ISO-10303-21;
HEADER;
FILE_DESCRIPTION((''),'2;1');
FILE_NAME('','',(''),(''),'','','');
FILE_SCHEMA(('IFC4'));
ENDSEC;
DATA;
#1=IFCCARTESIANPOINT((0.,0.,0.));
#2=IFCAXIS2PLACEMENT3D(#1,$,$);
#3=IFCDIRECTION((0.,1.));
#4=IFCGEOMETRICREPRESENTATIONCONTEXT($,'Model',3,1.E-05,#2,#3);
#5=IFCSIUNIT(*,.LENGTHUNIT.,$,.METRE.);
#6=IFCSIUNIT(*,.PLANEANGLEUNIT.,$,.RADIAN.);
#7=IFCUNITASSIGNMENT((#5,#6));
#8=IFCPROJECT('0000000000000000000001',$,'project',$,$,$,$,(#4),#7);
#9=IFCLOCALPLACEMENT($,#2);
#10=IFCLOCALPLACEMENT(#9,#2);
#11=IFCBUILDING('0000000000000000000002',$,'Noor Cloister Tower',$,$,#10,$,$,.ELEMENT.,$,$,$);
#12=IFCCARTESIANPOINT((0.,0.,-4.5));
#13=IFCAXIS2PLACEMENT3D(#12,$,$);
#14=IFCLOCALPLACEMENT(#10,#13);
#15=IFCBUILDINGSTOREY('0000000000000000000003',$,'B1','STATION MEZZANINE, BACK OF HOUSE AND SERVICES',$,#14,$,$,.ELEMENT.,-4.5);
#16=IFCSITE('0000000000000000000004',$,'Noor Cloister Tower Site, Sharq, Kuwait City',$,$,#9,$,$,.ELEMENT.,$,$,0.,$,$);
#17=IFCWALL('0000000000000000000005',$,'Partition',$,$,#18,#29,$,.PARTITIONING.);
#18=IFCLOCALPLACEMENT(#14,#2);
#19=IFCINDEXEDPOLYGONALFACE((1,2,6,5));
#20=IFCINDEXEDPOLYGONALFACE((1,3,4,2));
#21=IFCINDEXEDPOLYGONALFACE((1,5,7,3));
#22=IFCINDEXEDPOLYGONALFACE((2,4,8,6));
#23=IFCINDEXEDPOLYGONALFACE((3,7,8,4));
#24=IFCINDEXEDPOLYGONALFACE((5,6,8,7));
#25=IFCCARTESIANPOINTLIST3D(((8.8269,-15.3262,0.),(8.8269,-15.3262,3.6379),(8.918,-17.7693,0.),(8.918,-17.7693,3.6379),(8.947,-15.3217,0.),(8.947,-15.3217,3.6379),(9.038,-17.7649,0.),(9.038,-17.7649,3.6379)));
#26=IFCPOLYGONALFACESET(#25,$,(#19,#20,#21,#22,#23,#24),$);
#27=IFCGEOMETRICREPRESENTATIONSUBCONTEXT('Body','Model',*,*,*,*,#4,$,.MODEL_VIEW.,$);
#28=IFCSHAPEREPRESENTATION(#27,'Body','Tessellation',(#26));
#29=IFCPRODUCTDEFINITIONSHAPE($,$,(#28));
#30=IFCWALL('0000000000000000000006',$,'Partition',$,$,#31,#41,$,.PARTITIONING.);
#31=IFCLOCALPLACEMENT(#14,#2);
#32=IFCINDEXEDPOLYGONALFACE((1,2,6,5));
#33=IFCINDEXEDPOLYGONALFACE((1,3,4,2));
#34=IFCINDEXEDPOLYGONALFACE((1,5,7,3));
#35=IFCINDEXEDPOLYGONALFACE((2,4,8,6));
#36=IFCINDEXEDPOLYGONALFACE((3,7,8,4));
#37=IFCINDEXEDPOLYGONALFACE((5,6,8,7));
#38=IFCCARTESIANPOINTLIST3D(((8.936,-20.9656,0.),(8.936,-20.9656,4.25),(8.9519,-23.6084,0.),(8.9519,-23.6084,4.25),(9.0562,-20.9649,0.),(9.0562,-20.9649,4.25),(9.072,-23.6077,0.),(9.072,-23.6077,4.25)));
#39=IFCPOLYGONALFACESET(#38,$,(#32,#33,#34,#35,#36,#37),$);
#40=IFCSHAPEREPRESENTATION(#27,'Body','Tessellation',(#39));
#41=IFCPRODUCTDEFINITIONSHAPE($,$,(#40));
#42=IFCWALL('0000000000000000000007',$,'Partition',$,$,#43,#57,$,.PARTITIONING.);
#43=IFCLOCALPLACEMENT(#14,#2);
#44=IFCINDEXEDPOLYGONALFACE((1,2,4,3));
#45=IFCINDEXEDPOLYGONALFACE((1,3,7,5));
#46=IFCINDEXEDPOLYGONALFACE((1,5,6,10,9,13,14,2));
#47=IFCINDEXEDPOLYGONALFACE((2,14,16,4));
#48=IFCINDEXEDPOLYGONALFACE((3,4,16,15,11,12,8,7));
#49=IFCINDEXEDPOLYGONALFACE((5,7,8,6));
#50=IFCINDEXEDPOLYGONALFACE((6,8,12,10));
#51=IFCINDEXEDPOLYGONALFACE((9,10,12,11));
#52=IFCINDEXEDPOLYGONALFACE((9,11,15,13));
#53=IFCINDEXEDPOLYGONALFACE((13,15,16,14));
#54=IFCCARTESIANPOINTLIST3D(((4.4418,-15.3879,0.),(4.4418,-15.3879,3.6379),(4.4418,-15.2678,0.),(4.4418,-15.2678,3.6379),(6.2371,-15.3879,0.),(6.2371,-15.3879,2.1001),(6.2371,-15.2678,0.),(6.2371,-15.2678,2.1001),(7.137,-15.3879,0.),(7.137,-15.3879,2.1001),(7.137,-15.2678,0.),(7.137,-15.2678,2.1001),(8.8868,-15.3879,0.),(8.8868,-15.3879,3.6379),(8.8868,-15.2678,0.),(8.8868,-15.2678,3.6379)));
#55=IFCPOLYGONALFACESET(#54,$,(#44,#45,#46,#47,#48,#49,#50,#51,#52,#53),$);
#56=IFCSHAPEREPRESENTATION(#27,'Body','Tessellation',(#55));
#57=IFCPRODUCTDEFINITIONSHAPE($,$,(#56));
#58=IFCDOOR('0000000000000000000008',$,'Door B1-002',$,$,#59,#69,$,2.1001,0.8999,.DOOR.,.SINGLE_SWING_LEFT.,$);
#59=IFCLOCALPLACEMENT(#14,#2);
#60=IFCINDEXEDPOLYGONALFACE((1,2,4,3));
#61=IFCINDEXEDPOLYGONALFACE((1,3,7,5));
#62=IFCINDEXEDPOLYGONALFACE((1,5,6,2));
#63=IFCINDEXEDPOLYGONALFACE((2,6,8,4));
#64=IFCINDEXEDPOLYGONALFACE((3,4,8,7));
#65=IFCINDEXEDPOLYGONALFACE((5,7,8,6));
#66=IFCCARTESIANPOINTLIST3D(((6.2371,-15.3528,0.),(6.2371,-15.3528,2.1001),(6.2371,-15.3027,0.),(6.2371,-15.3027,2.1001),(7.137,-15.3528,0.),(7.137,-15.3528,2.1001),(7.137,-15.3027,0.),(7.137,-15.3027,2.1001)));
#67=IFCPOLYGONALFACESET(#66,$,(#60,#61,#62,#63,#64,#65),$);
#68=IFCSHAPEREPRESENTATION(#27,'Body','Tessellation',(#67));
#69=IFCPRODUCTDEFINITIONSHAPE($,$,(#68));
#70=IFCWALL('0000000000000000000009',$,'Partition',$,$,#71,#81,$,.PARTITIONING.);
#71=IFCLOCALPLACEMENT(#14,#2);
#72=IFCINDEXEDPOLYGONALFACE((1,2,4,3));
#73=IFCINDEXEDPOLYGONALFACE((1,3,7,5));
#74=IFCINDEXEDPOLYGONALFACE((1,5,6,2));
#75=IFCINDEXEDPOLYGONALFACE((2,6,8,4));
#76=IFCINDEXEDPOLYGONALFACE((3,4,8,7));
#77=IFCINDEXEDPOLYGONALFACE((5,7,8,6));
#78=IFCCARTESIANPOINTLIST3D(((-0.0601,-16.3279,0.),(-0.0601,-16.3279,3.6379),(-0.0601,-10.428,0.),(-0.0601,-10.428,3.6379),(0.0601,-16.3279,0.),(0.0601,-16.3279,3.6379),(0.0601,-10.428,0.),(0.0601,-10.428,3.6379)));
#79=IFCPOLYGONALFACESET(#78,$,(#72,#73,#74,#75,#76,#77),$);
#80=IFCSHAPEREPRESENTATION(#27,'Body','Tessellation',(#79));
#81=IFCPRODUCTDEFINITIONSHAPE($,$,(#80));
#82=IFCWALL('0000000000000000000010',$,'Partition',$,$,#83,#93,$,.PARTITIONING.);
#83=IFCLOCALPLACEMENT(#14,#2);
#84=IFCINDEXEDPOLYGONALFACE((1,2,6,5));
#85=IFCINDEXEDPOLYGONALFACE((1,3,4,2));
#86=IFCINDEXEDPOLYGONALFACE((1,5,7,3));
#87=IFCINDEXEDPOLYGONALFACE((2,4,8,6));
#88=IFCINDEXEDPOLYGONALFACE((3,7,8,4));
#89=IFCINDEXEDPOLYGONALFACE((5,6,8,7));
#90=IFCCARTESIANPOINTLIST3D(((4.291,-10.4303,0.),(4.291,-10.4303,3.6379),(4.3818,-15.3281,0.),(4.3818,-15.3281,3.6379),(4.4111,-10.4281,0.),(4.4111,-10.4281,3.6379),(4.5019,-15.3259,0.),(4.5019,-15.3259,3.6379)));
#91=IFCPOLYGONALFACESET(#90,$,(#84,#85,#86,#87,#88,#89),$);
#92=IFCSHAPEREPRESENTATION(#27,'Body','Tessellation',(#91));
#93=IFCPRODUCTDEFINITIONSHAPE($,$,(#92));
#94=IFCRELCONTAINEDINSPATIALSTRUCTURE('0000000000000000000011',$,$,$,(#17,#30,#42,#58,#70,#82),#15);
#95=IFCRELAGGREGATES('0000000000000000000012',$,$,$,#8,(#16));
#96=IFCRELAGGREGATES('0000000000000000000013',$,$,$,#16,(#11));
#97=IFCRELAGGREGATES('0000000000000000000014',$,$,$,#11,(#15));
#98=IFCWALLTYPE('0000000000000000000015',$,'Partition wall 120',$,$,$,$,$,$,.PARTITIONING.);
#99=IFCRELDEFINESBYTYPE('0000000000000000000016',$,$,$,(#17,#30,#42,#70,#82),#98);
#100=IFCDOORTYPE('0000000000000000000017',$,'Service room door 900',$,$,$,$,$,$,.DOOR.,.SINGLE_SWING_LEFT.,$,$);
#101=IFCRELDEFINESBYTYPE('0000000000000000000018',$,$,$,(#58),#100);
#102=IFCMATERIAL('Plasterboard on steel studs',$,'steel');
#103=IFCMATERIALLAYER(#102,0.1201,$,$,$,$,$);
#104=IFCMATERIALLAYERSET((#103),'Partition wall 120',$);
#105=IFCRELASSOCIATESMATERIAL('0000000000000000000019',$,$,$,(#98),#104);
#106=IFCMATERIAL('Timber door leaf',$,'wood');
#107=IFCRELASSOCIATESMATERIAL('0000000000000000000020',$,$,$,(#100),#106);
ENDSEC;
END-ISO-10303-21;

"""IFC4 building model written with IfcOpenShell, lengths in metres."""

from ifc_helpers import new_model, si_unit, direction, frame, frame_2d, origin, place, context, subcontext, project, spatial, rectangle, extrude, material, layer, layer_set, type_object, element, fill, save


model = new_model("IFC4")

# Units and contexts
model_context = context("Model", 3, precision=1e-05, world=origin(), true_north=direction((0.0, 1.0)))
body_context = subcontext(model_context, "Body", "Model", "MODEL_VIEW")
ifc_project = project(units=[si_unit("LENGTHUNIT", "METRE"), si_unit("PLANEANGLEUNIT", "RADIAN")], contexts=[model_context])

# Site, building, storey
site_placement = place(None, origin())
site = spatial("IfcSite", under=ifc_project, at=site_placement, Name="Noor Cloister Tower Site, Sharq, Kuwait City", CompositionType="ELEMENT", RefElevation=0.0)
building_placement = place(site_placement, origin())
building = spatial("IfcBuilding", under=site, at=building_placement, Name="Noor Cloister Tower", CompositionType="ELEMENT")
storey_placement = place(building_placement, frame((0.0, 0.0, -4.5)))
storey = spatial("IfcBuildingStorey", under=building, at=storey_placement, Name="B1", Description="STATION MEZZANINE, BACK OF HOUSE AND SERVICES", CompositionType="ELEMENT", Elevation=-4.5)

# Shared definitions
ifc_material_1 = material(Name="Plasterboard on steel studs", Category="steel")
ifc_layer = layer(ifc_material_1, 0.1201)
ifc_layer_set = layer_set([ifc_layer], Name="Partition wall 120")
wall_type = type_object("IfcWallType", Name="Partition wall 120", PredefinedType="PARTITIONING", material=ifc_layer_set)

# Walls
wall_1_placement = place(storey_placement, frame((8.978, -17.7671, 0.0), z_axis=(0.0, 0.0, 1.0), x_axis=(-0.037248, 0.999306, 0.0)))
element("IfcWall", 1, at=wall_1_placement, inside=storey, type_object=wall_type, Name="Partition", PredefinedType="PARTITIONING", context=body_context, shape_type="SweptSolid", body=[
    extrude(rectangle(XDim=2.4448, YDim=0.1201, at=frame_2d((1.2224, 0.0))), origin(), (0.0, 0.0, 1.0), 3.6379),
])
wall_2_placement = place(storey_placement, frame((9.012, -23.6079, 0.0), z_axis=(0.0, 0.0, 1.0), x_axis=(-0.006005, 0.999982, 0.0)))
element("IfcWall", 2, at=wall_2_placement, inside=storey, type_object=wall_type, Name="Partition", PredefinedType="PARTITIONING", context=body_context, shape_type="SweptSolid", body=[
    extrude(rectangle(XDim=2.6428, YDim=0.1201, at=frame_2d((1.3213, 0.0))), origin(), (0.0, 0.0, 1.0), 4.25),
])

# Wall, opening, door
wall_3_placement = place(storey_placement, frame((8.887, -15.3279, 0.0), z_axis=(0.0, 0.0, 1.0), x_axis=(-1.0, 0.0, 0.0)))
wall_3 = element("IfcWall", 3, at=wall_3_placement, inside=storey, type_object=wall_type, Name="Partition", PredefinedType="PARTITIONING", context=body_context, shape_type="SweptSolid", body=[
    extrude(rectangle(XDim=4.4451, YDim=0.1201, at=frame_2d((2.2227, 0.0))), origin(), (0.0, 0.0, 1.0), 3.6379),
])
opening_1_placement = place(wall_3_placement, frame((1.75, 0.0, 0.0)))
opening_1 = element("IfcOpeningElement", 4, at=opening_1_placement, cuts=wall_3, PredefinedType="OPENING", context=body_context, shape_type="SweptSolid", body=[
    extrude(rectangle(XDim=0.8999, YDim=2.1001, at=frame_2d((0.45, 1.05))), frame((0.0, 0.0701, 0.0), z_axis=(0.0, -1.0, 0.0), x_axis=(1.0, 0.0, 0.0)), (0.0, 0.0, 1.0), 0.1401),
])
ifc_material_2 = material(Name="Timber door leaf", Category="wood")
door_type_1 = type_object("IfcDoorType", Name="Service room door 900", OperationType="SINGLE_SWING_LEFT", PredefinedType="DOOR", material=ifc_material_2)
door_1_placement = place(opening_1_placement, origin())
door_1 = element("IfcDoor", 5, at=door_1_placement, inside=storey, type_object=door_type_1, Name="Door B1-002", OperationType="SINGLE_SWING_LEFT", OverallHeight=2.1001, OverallWidth=0.8999, PredefinedType="DOOR", context=body_context, shape_type="SweptSolid", body=[
    extrude(rectangle(XDim=0.8999, YDim=2.1001, at=frame_2d((0.45, 1.05))), frame((0.0, 0.0249, 0.0), z_axis=(0.0, -1.0, 0.0), x_axis=(1.0, 0.0, 0.0)), (0.0, 0.0, 1.0), 0.05),
])
fill(opening_1, door_1)

# Walls
wall_4_placement = place(storey_placement, frame((0.0, -16.3279, 0.0), z_axis=(0.0, 0.0, 1.0), x_axis=(0.0, 1.0, 0.0)))
element("IfcWall", 6, at=wall_4_placement, inside=storey, type_object=wall_type, Name="Partition", PredefinedType="PARTITIONING", context=body_context, shape_type="SweptSolid", body=[
    extrude(rectangle(XDim=5.8999, YDim=0.1201, at=frame_2d((2.95, 0.0))), origin(), (0.0, 0.0, 1.0), 3.6379),
])
wall_5_placement = place(storey_placement, frame((4.4419, -15.3269, 0.0), z_axis=(0.0, 0.0, 1.0), x_axis=(-0.018539, 0.999828, 0.0)))
element("IfcWall", 7, at=wall_5_placement, inside=storey, type_object=wall_type, Name="Partition", PredefinedType="PARTITIONING", context=body_context, shape_type="SweptSolid", body=[
    extrude(rectangle(XDim=4.8987, YDim=0.1201, at=frame_2d((2.4492, 0.0))), origin(), (0.0, 0.0, 1.0), 3.6379),
])

save(model, "model.ifc")
